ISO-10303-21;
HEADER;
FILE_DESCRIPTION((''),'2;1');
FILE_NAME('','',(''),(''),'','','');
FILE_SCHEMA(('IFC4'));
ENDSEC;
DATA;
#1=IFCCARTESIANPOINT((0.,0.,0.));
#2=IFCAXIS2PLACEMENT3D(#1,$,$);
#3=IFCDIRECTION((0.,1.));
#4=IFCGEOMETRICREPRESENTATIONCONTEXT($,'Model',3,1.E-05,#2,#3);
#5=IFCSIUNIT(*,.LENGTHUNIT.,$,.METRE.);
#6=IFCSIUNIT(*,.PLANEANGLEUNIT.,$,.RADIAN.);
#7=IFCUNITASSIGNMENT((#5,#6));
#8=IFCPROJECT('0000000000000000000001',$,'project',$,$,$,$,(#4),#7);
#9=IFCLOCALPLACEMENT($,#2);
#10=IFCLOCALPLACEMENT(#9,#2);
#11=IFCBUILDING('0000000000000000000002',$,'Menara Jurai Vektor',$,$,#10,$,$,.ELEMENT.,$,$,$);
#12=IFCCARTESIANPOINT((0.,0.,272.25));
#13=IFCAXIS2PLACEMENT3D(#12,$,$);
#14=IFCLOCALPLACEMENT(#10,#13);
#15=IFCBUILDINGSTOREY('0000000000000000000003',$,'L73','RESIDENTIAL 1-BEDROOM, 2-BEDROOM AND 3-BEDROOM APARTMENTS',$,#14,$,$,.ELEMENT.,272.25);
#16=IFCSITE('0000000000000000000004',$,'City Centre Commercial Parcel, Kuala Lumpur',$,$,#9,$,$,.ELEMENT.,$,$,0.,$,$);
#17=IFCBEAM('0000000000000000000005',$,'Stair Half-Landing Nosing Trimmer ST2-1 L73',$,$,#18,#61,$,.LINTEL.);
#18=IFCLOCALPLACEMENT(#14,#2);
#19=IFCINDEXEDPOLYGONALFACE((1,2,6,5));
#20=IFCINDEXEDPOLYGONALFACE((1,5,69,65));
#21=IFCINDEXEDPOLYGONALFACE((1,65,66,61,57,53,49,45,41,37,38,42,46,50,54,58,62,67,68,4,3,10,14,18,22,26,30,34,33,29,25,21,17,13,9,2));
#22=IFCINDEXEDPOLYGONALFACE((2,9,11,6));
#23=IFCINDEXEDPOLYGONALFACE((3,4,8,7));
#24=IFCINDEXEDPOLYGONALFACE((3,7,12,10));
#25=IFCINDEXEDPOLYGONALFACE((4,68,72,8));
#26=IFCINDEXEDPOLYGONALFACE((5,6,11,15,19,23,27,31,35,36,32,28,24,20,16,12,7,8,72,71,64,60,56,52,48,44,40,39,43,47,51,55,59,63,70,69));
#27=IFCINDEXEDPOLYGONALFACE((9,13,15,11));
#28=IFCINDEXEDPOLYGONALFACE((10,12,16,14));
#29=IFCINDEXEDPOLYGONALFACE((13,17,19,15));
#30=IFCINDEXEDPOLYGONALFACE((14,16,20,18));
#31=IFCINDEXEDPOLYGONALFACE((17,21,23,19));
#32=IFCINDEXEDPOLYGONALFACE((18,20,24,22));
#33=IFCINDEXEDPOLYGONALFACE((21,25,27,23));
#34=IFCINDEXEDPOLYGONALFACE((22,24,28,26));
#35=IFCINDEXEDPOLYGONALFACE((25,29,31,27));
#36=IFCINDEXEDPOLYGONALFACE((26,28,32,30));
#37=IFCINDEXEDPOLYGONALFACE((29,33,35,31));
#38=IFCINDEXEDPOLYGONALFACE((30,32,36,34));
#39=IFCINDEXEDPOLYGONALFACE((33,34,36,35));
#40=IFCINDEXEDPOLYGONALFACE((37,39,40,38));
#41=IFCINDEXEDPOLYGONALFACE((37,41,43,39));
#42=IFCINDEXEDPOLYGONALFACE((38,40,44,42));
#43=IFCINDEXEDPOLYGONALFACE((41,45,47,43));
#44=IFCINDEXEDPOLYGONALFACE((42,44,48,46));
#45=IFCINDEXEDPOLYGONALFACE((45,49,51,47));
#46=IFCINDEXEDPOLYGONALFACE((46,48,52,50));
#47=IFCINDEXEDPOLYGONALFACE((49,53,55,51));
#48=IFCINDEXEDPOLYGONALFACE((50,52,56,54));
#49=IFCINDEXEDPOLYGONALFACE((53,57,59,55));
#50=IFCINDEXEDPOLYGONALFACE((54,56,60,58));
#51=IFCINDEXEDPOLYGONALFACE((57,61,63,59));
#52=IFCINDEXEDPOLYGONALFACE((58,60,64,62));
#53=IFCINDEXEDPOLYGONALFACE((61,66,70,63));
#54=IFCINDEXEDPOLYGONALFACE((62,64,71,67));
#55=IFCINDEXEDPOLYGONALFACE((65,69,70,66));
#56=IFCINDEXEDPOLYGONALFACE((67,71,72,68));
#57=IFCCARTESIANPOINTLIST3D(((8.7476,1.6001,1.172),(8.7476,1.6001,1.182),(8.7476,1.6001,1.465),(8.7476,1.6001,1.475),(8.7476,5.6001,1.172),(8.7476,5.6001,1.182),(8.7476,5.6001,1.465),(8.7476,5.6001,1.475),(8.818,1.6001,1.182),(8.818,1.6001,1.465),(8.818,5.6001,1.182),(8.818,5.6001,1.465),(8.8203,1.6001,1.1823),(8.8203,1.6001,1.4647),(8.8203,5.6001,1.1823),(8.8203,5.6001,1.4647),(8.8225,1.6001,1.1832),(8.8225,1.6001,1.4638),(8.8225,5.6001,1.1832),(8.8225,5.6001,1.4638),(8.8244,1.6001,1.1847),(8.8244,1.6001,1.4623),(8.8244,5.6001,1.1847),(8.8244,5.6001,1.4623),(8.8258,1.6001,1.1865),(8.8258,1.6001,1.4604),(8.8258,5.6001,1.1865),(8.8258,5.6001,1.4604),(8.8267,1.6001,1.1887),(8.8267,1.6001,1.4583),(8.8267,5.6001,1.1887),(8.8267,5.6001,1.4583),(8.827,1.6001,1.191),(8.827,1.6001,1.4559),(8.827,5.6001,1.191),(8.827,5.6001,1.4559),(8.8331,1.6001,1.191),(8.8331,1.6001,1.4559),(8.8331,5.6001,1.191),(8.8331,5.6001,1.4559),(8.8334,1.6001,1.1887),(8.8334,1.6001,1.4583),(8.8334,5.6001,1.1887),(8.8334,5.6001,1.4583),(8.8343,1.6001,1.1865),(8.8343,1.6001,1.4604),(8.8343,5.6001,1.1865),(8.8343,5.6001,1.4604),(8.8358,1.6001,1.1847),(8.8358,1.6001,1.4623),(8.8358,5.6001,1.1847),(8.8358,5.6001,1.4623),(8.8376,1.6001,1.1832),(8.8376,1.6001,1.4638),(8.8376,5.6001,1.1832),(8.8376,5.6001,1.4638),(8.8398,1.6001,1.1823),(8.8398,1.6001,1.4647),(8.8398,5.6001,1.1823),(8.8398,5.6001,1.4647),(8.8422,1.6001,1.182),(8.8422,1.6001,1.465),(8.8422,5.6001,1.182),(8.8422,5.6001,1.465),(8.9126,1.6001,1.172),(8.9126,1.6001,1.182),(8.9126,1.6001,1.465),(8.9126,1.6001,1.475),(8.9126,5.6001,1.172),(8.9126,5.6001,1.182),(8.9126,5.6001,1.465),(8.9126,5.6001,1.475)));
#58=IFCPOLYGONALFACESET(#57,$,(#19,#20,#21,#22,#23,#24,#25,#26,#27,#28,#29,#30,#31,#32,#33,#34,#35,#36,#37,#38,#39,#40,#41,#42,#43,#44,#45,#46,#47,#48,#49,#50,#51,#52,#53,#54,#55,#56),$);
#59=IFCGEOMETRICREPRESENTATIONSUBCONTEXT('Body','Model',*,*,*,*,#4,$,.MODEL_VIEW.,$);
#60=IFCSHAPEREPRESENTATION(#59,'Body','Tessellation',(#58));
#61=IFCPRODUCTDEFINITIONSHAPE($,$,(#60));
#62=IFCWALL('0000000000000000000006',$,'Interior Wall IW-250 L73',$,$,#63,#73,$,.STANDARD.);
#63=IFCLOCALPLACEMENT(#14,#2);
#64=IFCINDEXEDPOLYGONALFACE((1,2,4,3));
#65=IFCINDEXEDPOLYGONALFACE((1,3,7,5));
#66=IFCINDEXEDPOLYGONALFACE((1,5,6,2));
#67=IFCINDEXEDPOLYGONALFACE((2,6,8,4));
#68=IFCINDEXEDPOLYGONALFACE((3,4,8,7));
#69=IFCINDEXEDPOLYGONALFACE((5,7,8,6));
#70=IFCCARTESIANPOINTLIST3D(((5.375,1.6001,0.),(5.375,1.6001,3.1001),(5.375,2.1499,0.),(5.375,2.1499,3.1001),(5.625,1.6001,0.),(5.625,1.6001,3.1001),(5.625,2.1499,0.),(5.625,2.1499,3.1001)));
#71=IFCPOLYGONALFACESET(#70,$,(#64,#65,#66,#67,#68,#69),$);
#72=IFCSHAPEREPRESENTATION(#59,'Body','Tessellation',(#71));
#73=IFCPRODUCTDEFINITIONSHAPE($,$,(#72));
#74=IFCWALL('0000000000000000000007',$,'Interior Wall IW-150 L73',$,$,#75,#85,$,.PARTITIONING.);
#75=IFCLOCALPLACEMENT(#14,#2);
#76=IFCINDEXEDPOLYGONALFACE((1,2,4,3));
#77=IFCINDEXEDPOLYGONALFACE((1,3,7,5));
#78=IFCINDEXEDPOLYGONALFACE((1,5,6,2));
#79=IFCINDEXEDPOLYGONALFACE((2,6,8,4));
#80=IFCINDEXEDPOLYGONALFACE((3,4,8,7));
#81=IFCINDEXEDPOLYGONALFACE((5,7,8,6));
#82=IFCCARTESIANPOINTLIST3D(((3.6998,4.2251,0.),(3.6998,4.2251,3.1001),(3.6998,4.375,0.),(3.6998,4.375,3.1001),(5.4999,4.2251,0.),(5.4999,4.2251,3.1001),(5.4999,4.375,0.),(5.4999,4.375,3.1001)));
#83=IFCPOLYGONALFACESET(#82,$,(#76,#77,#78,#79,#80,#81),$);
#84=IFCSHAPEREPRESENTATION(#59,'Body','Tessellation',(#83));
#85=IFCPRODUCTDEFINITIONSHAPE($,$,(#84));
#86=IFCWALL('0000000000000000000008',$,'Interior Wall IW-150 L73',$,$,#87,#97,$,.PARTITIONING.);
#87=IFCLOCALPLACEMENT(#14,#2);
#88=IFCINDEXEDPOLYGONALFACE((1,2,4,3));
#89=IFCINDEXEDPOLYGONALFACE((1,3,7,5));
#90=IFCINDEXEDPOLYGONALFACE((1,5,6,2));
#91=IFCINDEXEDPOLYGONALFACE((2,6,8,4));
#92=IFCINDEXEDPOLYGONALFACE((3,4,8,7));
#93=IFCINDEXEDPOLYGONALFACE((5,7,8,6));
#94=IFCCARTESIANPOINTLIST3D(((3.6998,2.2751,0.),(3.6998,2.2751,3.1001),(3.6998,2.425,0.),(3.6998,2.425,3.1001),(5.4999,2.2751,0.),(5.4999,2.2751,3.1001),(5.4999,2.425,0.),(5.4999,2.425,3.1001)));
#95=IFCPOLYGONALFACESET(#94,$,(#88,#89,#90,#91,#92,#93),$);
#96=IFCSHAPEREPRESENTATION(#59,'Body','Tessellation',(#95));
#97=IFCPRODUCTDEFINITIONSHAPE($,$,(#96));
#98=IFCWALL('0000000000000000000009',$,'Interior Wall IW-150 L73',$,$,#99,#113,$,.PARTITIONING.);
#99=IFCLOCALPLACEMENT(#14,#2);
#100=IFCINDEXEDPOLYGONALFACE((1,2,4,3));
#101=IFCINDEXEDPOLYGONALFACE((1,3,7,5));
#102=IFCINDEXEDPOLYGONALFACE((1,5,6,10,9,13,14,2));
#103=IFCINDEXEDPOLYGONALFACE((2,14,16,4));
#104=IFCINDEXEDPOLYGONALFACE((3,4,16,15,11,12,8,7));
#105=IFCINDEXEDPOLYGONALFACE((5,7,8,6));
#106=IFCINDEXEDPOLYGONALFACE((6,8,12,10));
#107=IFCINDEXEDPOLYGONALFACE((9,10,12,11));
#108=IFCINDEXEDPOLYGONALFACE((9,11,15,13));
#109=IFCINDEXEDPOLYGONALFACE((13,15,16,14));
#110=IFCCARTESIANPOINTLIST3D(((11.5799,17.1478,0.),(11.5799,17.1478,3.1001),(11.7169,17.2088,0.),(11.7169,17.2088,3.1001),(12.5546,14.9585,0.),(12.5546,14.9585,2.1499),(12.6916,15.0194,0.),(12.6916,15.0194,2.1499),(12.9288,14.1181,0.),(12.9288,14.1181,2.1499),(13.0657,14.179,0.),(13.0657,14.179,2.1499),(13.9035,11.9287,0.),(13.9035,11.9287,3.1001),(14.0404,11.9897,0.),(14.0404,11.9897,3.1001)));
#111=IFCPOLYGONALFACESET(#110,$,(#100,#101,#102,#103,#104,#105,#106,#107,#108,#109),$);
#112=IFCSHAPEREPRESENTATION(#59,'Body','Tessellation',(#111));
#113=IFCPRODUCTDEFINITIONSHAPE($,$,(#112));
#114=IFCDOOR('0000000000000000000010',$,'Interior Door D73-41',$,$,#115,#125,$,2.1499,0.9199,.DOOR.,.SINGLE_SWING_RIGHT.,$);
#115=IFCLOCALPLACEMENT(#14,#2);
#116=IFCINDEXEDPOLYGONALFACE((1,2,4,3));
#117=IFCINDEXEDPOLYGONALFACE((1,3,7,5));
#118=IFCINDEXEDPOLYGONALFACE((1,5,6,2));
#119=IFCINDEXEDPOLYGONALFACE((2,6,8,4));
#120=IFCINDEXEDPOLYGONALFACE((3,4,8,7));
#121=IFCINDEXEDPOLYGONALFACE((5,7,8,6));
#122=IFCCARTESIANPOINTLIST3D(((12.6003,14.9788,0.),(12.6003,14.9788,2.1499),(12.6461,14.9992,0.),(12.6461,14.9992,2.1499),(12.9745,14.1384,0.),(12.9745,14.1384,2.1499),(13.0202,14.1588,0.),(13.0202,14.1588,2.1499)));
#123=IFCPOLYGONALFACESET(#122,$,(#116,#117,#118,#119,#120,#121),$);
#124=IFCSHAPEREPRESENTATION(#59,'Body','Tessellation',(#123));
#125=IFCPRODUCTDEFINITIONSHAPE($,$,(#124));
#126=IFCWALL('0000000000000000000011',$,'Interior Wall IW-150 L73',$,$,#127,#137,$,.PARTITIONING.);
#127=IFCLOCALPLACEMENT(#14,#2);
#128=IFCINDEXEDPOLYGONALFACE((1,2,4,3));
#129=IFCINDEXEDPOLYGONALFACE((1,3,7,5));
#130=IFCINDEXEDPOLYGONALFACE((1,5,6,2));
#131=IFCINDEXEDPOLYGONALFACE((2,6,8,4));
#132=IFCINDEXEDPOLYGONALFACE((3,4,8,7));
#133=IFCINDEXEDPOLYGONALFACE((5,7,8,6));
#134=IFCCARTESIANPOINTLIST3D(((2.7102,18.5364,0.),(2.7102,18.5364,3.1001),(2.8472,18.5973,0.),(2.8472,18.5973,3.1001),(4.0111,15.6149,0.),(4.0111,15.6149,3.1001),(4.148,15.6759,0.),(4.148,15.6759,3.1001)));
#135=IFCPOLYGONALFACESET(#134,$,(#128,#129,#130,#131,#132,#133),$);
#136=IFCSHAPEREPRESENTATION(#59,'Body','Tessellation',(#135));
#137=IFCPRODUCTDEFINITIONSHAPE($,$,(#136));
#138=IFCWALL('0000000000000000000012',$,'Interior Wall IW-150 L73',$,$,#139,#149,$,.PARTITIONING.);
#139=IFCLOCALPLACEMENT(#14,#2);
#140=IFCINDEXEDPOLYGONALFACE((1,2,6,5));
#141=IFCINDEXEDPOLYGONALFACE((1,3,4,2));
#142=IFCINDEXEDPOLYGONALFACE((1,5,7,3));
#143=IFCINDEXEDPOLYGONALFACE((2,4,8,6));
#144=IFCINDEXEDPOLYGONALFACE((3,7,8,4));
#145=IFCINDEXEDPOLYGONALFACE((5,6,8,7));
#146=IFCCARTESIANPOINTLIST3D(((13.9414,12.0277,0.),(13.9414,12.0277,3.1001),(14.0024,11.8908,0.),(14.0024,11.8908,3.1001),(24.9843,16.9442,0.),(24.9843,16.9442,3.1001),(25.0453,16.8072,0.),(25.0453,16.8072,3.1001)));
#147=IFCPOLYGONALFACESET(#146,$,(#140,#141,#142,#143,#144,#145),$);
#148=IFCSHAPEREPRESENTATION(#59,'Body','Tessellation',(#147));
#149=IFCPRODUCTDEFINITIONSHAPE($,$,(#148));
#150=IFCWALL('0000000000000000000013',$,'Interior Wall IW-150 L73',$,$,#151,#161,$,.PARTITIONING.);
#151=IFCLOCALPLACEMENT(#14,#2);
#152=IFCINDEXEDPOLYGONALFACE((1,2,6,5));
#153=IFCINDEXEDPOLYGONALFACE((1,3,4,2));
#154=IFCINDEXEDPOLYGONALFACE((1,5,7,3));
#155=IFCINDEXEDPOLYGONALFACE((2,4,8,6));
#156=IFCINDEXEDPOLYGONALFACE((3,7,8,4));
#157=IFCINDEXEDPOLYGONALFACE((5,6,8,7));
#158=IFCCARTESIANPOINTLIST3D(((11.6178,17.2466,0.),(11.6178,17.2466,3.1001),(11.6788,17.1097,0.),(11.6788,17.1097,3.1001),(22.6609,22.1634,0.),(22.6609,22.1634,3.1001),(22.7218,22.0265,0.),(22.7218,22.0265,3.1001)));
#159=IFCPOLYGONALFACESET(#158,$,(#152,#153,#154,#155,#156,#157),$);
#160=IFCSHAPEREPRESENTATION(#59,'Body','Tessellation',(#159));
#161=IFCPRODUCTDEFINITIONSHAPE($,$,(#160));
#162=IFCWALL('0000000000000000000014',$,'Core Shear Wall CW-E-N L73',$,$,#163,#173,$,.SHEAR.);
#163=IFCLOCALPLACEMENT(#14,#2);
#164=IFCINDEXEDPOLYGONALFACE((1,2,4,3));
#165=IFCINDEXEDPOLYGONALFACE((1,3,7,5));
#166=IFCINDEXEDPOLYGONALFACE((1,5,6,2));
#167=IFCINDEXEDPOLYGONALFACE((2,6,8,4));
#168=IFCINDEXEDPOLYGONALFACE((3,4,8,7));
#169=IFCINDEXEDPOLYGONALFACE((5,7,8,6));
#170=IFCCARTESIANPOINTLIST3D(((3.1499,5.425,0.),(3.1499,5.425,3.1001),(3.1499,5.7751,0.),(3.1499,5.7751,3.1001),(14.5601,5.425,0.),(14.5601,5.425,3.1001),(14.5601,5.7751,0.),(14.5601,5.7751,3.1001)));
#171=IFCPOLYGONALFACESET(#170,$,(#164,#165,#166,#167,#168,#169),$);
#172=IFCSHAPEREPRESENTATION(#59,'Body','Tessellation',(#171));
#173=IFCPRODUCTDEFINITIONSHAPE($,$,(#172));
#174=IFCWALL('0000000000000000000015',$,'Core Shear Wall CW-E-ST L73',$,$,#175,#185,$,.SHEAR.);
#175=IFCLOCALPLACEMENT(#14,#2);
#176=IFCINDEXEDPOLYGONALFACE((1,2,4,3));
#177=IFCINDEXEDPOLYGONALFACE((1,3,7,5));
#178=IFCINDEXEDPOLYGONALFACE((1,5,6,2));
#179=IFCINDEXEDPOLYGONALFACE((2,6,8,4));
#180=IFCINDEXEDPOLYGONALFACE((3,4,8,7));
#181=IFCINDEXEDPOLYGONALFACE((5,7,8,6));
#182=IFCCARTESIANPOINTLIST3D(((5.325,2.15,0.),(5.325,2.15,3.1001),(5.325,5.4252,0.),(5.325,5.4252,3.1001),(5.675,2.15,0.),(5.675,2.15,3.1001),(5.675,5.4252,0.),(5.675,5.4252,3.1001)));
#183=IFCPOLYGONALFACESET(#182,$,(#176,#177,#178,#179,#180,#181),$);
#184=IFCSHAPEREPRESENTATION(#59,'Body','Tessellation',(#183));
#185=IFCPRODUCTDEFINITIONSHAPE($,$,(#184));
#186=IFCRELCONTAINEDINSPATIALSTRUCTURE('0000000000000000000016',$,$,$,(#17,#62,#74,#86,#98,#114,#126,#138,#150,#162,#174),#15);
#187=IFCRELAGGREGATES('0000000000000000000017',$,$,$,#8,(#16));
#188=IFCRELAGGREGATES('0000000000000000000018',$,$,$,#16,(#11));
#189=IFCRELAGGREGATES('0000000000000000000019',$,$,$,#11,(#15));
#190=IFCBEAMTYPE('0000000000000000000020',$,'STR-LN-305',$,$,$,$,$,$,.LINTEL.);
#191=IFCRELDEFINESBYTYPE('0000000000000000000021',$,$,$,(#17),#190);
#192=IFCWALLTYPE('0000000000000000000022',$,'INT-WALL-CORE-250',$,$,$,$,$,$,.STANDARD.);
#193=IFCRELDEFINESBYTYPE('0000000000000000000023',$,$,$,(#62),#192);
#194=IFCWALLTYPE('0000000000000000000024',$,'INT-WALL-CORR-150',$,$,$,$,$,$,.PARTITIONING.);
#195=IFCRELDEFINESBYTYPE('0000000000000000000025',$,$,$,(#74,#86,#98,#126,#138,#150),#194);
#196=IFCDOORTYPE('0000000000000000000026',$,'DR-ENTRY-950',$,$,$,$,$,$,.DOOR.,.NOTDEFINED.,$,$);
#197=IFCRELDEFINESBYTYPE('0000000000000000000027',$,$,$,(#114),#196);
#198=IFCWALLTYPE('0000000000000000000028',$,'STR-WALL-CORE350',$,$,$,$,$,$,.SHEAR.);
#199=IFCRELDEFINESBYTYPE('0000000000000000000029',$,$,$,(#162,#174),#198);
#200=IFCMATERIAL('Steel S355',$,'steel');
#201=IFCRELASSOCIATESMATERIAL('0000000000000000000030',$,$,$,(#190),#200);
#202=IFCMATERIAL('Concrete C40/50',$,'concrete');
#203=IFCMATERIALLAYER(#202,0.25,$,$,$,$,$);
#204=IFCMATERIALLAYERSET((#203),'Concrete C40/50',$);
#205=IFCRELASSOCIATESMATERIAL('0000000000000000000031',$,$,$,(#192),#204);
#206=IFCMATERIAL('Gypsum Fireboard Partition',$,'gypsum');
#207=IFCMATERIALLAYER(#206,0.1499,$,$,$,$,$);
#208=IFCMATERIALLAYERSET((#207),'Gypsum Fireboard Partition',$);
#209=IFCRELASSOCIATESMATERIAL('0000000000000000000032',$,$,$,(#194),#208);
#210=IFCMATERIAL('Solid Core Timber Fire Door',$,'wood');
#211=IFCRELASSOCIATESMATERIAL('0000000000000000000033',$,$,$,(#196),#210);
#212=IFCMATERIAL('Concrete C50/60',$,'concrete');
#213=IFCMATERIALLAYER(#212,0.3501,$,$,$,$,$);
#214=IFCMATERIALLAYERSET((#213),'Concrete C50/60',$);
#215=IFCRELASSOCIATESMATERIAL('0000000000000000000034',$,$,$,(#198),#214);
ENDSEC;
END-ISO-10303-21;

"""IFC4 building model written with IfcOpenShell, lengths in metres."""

from ifc_helpers import new_model, si_unit, direction, frame, frame_2d, origin, origin_2d, place, context, subcontext, project, spatial, rectangle, i_section, extrude, material, layer, layer_set, material_profile, profile_set, type_object, element, fill, save


model = new_model("IFC4")

# Units and contexts
model_context = context("Model", 3, precision=1e-05, world=origin(), true_north=direction((0.0, 1.0)))
body_context = subcontext(model_context, "Body", "Model", "MODEL_VIEW")
ifc_project = project(units=[si_unit("LENGTHUNIT", "METRE"), si_unit("PLANEANGLEUNIT", "RADIAN")], contexts=[model_context])

# Site, building, storey
site_placement = place(None, origin())
site = spatial("IfcSite", under=ifc_project, at=site_placement, Name="City Centre Commercial Parcel, Kuala Lumpur", CompositionType="ELEMENT", RefElevation=0.0)
building_placement = place(site_placement, origin())
building = spatial("IfcBuilding", under=site, at=building_placement, Name="Menara Jurai Vektor", CompositionType="ELEMENT")
storey_placement = place(building_placement, frame((0.0, 0.0, 272.25)))
storey = spatial("IfcBuildingStorey", under=building, at=storey_placement, Name="L73", Description="RESIDENTIAL 1-BEDROOM, 2-BEDROOM AND 3-BEDROOM APARTMENTS", CompositionType="ELEMENT", Elevation=272.25)

# Shared definitions
ifc_material_1 = material(Name="Concrete C50/60", Category="concrete")
ifc_material_2 = material(Name="Steel S355", Category="steel")

# Beam
ifc_material_profile_1 = material_profile(ifc_material_2, i_section(OverallWidth=0.165, OverallDepth=0.303, WebThickness=0.0061, FlangeThickness=0.01, FilletRadius=0.009, at=origin_2d()), Name="UKB 305x165x40")
ifc_profile_set_1 = profile_set([ifc_material_profile_1], Name="Steel S355")
beam_type_1 = type_object("IfcBeamType", Name="STR-LN-305", PredefinedType="LINTEL", material=ifc_profile_set_1)
beam_1_placement = place(storey_placement, frame((8.8301, 1.6001, 1.3235), z_axis=(0.0, 1.0, 0.0), x_axis=(-1.0, 0.0, 0.0)))
element("IfcBeam", 1, at=beam_1_placement, inside=storey, type_object=beam_type_1, Name="Stair Half-Landing Nosing Trimmer ST2-1 L73", PredefinedType="LINTEL", context=body_context, shape_type="SweptSolid", body=[
    extrude(i_section(OverallWidth=0.165, OverallDepth=0.303, WebThickness=0.0061, FlangeThickness=0.01, FilletRadius=0.009, at=origin_2d()), origin(), (0.0, 0.0, 1.0), 4.0),
])

# Shared definitions
ifc_material_3 = material(Name="Concrete C40/50", Category="concrete")
ifc_layer_1 = layer(ifc_material_3, 0.25)
ifc_layer_set_1 = layer_set([ifc_layer_1], Name="Concrete C40/50")
wall_type_1 = type_object("IfcWallType", Name="INT-WALL-CORE-250", PredefinedType="STANDARD", material=ifc_layer_set_1)

# Walls
wall_1_placement = place(storey_placement, frame((5.5, 1.6001, 0.0), z_axis=(0.0, 0.0, 1.0), x_axis=(0.0, 1.0, 0.0)))
element("IfcWall", 2, at=wall_1_placement, inside=storey, type_object=wall_type_1, Name="Interior Wall IW-250 L73", PredefinedType="STANDARD", context=body_context, shape_type="SweptSolid", body=[
    extrude(rectangle(XDim=0.5498, YDim=0.25, at=frame_2d((0.2749, 0.0))), origin(), (0.0, 0.0, 1.0), 3.1001),
])
ifc_material_4 = material(Name="Gypsum Fireboard Partition", Category="gypsum")
ifc_layer_2 = layer(ifc_material_4, 0.1499)
ifc_layer_set_2 = layer_set([ifc_layer_2], Name="Gypsum Fireboard Partition")
wall_type_2 = type_object("IfcWallType", Name="INT-WALL-CORR-150", PredefinedType="PARTITIONING", material=ifc_layer_set_2)
for number, where, z_axis, x_axis, name in (
    (3, (3.7, 4.3, 0.0), (0.0, 0.0, 1.0), (1.0, 0.0, 0.0), "Interior Wall IW-150 L73"),
    (4, (3.7, 2.3501, 0.0), (0.0, 0.0, 1.0), (1.0, 0.0, 0.0), "Interior Wall IW-150 L73"),
):
    element("IfcWall", number, at=place(storey_placement, frame(where, z_axis=z_axis, x_axis=x_axis)), inside=storey, type_object=wall_type_2, Name=name, PredefinedType="PARTITIONING", context=body_context, shape_type="SweptSolid", body=[
        extrude(rectangle(XDim=1.8, YDim=0.1499, at=frame_2d((0.8999, 0.0))), origin(), (0.0, 0.0, 1.0), 3.1001),
    ])

# Wall, opening, door
ifc_material_5 = material(Name="Solid Core Timber Fire Door", Category="wood")
door_type_1 = type_object("IfcDoorType", Name="DR-ENTRY-950", OperationType="NOTDEFINED", PredefinedType="DOOR", material=ifc_material_5)
wall_2_placement = place(storey_placement, frame((13.9719, 11.9592, 0.0), z_axis=(0.0, 0.0, 1.0), x_axis=(-0.406713, 0.913556, 0.0)))
wall_2 = element("IfcWall", 5, at=wall_2_placement, inside=storey, type_object=wall_type_2, Name="Interior Wall IW-150 L73", PredefinedType="PARTITIONING", context=body_context, shape_type="SweptSolid", body=[
    extrude(rectangle(XDim=5.7129, YDim=0.1499, at=frame_2d((2.8564, 0.0))), origin(), (0.0, 0.0, 1.0), 3.1001),
])
opening_1_placement = place(wall_2_placement, frame((2.3965, 0.0, 0.0)))
opening_1 = element("IfcOpeningElement", 6, at=opening_1_placement, cuts=wall_2, PredefinedType="OPENING", context=body_context, shape_type="SweptSolid", body=[
    extrude(rectangle(XDim=0.9199, YDim=2.1499, at=frame_2d((0.46, 1.075))), frame((0.0, 0.085, 0.0), z_axis=(0.0, -1.0, 0.0), x_axis=(1.0, 0.0, 0.0)), (0.0, 0.0, 1.0), 0.1699),
])
door_1_placement = place(opening_1_placement, origin())
door_1 = element("IfcDoor", 7, at=door_1_placement, inside=storey, type_object=door_type_1, Name="Interior Door D73-41", OperationType="SINGLE_SWING_RIGHT", OverallHeight=2.1499, OverallWidth=0.9199, PredefinedType="DOOR", context=body_context, shape_type="SweptSolid", body=[
    extrude(rectangle(XDim=0.9199, YDim=2.1499, at=frame_2d((0.46, 1.075))), frame((0.0, 0.0249, 0.0), z_axis=(0.0, -1.0, 0.0), x_axis=(1.0, 0.0, 0.0)), (0.0, 0.0, 1.0), 0.05),
])
fill(opening_1, door_1)

# Walls
wall_3_placement = place(storey_placement, frame((4.0796, 15.6453, 0.0), z_axis=(0.0, 0.0, 1.0), x_axis=(-0.406762, 0.913534, 0.0)))
element("IfcWall", 8, at=wall_3_placement, inside=storey, type_object=wall_type_2, Name="Interior Wall IW-150 L73", PredefinedType="PARTITIONING", context=body_context, shape_type="SweptSolid", body=[
    extrude(rectangle(XDim=3.198, YDim=0.1499, at=frame_2d((1.5991, 0.0))), origin(), (0.0, 0.0, 1.0), 3.1001),
])
wall_4_placement = place(storey_placement, frame((13.9719, 11.9592, 0.0), z_axis=(0.0, 0.0, 1.0), x_axis=(0.91355, 0.406727, 0.0)))
element("IfcWall", 9, at=wall_4_placement, inside=storey, type_object=wall_type_2, Name="Interior Wall IW-150 L73", PredefinedType="PARTITIONING", context=body_context, shape_type="SweptSolid", body=[
    extrude(rectangle(XDim=12.0879, YDim=0.1499, at=frame_2d((6.0439, 0.0))), origin(), (0.0, 0.0, 1.0), 3.1001),
])
wall_5_placement = place(storey_placement, frame((11.6484, 17.1782, 0.0), z_axis=(0.0, 0.0, 1.0), x_axis=(0.913542, 0.406744, 0.0)))
element("IfcWall", 10, at=wall_5_placement, inside=storey, type_object=wall_type_2, Name="Interior Wall IW-150 L73", PredefinedType="PARTITIONING", context=body_context, shape_type="SweptSolid", body=[
    extrude(rectangle(XDim=12.0881, YDim=0.1499, at=frame_2d((6.0439, 0.0))), origin(), (0.0, 0.0, 1.0), 3.1001),
])
ifc_layer_3 = layer(ifc_material_1, 0.3501)
ifc_layer_set_3 = layer_set([ifc_layer_3], Name="Concrete C50/60")
wall_type_3 = type_object("IfcWallType", Name="STR-WALL-CORE350", PredefinedType="SHEAR", material=ifc_layer_set_3)
wall_6_placement = place(storey_placement, frame((3.1499, 5.6001, 0.0), z_axis=(0.0, 0.0, 1.0), x_axis=(1.0, 0.0, 0.0)))
element("IfcWall", 11, at=wall_6_placement, inside=storey, type_object=wall_type_3, Name="Core Shear Wall CW-E-N L73", PredefinedType="SHEAR", context=body_context, shape_type="SweptSolid", body=[
    extrude(rectangle(XDim=11.4102, YDim=0.3501, at=frame_2d((5.7051, 0.0))), origin(), (0.0, 0.0, 1.0), 3.1001),
])
wall_7_placement = place(storey_placement, frame((5.5, 2.1499, 0.0), z_axis=(0.0, 0.0, 1.0), x_axis=(0.0, 1.0, 0.0)))
element("IfcWall", 12, at=wall_7_placement, inside=storey, type_object=wall_type_3, Name="Core Shear Wall CW-E-ST L73", PredefinedType="SHEAR", context=body_context, shape_type="SweptSolid", body=[
    extrude(rectangle(XDim=3.2751, YDim=0.3501, at=frame_2d((1.6377, 0.0))), origin(), (0.0, 0.0, 1.0), 3.1001),
])

save(model, "model.ifc")
